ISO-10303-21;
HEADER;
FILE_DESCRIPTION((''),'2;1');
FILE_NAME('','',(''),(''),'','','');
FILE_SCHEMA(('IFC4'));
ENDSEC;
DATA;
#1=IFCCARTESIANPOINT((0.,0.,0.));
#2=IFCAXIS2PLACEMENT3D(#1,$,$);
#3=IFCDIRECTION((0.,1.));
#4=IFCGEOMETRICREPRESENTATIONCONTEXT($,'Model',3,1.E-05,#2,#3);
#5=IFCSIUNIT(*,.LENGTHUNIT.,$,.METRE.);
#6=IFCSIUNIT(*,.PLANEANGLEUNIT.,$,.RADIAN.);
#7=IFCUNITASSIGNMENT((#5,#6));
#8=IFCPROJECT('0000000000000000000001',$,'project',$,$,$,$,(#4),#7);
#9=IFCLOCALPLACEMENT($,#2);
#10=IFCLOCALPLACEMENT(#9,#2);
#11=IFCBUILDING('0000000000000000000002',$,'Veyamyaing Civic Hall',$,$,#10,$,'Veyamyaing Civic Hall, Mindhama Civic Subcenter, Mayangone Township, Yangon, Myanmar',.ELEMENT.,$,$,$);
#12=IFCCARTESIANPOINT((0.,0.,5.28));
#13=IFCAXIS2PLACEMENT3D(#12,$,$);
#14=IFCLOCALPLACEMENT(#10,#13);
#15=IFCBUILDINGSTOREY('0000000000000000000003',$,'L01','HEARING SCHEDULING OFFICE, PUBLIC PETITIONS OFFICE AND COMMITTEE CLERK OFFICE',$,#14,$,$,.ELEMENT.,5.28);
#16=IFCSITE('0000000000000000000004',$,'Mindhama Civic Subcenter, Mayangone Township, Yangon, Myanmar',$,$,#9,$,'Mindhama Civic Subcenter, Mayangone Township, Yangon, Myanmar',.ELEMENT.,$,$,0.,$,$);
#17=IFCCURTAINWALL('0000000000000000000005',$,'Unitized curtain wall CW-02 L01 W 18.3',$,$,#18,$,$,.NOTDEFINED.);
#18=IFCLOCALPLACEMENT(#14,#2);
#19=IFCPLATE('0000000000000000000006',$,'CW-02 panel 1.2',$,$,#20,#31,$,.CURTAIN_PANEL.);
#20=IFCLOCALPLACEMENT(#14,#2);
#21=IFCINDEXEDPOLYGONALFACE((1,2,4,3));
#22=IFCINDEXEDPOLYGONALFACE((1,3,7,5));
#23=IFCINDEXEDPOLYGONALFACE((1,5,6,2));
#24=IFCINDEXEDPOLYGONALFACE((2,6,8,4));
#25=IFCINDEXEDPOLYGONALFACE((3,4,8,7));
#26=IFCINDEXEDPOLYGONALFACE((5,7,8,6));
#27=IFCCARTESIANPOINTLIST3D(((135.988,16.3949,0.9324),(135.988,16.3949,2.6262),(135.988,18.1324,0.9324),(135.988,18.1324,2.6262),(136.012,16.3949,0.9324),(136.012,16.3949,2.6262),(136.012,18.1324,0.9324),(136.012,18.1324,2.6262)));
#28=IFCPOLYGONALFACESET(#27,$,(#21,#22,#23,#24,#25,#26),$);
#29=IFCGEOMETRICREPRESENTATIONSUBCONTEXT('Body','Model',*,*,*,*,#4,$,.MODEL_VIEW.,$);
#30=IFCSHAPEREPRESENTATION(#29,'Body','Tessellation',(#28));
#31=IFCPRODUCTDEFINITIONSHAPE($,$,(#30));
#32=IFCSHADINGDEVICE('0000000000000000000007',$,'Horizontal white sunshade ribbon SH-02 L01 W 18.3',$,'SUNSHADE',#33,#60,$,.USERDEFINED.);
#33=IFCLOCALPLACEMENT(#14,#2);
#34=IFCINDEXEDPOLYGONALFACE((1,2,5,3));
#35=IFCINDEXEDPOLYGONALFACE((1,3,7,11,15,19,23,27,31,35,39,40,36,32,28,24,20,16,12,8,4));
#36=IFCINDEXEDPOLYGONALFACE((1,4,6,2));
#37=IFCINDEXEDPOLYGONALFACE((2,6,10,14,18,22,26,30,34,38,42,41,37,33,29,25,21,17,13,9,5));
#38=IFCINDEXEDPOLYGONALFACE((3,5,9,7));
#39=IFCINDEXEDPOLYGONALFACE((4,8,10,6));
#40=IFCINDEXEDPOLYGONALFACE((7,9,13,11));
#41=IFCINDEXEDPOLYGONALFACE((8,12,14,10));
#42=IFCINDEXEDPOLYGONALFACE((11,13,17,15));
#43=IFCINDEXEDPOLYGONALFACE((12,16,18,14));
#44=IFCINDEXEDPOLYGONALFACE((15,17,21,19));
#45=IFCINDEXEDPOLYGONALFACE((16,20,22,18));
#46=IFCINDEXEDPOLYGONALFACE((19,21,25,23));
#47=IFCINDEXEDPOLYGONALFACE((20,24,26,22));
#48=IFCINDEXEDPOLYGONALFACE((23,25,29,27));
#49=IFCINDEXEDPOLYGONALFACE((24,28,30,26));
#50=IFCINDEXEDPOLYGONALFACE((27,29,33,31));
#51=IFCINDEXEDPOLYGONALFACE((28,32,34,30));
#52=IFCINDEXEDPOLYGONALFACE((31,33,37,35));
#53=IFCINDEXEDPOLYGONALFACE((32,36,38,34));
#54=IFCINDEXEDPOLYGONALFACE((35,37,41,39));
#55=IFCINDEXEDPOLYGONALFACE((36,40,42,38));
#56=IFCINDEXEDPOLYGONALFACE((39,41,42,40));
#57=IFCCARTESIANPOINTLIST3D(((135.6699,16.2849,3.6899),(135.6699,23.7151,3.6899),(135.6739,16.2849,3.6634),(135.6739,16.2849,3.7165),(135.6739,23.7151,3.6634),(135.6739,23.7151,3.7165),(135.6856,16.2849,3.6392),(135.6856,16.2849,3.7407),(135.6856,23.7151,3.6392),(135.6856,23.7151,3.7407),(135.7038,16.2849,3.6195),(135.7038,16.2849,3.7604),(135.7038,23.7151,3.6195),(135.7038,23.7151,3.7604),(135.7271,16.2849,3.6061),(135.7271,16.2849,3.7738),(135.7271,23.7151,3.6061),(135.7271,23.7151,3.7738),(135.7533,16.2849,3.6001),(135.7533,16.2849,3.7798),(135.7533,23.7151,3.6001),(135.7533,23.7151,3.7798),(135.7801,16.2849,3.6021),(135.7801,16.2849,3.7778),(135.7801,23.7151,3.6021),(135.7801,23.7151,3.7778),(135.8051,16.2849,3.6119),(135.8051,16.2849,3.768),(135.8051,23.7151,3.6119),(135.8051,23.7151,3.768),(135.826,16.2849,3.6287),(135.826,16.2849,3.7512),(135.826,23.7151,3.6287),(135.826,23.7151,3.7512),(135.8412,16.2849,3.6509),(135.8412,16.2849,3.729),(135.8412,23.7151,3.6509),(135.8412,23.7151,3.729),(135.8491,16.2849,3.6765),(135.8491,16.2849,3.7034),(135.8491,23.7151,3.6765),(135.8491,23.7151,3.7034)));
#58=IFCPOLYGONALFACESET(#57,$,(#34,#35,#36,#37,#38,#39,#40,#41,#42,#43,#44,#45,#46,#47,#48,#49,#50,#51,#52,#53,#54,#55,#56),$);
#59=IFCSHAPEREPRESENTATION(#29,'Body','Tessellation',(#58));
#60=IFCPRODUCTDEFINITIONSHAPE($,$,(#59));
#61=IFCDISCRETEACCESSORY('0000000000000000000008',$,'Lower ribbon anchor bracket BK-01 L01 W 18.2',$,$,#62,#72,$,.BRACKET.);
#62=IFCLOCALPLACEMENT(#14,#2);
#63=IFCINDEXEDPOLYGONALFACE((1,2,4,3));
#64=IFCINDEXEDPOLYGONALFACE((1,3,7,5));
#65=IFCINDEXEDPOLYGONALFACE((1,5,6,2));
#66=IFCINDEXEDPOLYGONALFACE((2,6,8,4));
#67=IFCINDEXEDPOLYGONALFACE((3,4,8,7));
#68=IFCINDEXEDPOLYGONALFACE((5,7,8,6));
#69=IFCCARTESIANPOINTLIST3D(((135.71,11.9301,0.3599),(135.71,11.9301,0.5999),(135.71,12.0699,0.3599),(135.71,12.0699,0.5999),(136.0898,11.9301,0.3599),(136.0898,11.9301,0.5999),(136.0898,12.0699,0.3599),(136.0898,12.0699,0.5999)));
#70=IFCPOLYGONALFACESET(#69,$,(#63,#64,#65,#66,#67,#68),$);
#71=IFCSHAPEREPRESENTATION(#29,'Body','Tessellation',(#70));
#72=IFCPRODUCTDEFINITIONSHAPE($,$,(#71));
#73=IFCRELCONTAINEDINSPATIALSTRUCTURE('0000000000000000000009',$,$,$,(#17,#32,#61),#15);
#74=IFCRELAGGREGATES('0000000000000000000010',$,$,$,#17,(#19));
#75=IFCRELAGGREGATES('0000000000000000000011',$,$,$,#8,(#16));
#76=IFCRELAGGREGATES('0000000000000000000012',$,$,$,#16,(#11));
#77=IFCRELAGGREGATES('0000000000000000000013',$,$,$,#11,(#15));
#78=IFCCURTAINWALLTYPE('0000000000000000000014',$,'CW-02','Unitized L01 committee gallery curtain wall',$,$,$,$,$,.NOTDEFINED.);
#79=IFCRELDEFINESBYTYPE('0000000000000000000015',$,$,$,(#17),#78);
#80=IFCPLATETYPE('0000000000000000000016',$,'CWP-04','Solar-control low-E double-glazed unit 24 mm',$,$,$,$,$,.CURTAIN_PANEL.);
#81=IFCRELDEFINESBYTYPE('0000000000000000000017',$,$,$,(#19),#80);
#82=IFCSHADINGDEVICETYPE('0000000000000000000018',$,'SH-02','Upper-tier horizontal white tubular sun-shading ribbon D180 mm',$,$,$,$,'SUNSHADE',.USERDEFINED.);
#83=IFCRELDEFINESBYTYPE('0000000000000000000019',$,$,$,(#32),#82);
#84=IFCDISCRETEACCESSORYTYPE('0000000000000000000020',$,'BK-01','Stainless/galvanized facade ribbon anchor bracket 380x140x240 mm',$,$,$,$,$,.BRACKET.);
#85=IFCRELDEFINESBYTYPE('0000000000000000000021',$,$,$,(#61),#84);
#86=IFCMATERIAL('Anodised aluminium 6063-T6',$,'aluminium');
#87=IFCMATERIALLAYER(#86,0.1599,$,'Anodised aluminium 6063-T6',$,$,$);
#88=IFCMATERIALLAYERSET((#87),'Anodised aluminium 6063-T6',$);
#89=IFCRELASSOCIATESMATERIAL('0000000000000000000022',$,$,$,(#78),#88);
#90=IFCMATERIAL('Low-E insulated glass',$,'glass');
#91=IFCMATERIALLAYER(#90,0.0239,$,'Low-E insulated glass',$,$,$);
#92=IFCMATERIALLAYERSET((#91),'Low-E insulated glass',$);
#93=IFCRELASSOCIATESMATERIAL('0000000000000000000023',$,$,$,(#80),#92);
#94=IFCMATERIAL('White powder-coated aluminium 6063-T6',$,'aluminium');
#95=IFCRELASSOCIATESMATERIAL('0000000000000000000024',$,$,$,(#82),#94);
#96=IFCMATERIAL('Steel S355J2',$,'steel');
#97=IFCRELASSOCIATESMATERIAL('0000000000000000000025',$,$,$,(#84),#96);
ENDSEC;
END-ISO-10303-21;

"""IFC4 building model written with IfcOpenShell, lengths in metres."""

from ifc_helpers import new_model, si_unit, direction, frame, origin, origin_2d, place, context, subcontext, project, spatial, rectangle, circle, extrude, material, layer, layer_set, material_profile, profile_set, type_object, element, aggregate, save


model = new_model("IFC4")

# Units and contexts
model_context = context("Model", 3, precision=1e-05, world=origin(), true_north=direction((0.0, 1.0)))
body_context = subcontext(model_context, "Body", "Model", "MODEL_VIEW")
ifc_project = project(units=[si_unit("LENGTHUNIT", "METRE"), si_unit("PLANEANGLEUNIT", "RADIAN")], contexts=[model_context])

# Site, building, storey
site_placement = place(None, origin())
site = spatial("IfcSite", under=ifc_project, at=site_placement, Name="Mindhama Civic Subcenter, Mayangone Township, Yangon, Myanmar", LongName="Mindhama Civic Subcenter, Mayangone Township, Yangon, Myanmar", CompositionType="ELEMENT", RefElevation=0.0)
building_placement = place(site_placement, origin())
building = spatial("IfcBuilding", under=site, at=building_placement, Name="Veyamyaing Civic Hall", LongName="Veyamyaing Civic Hall, Mindhama Civic Subcenter, Mayangone Township, Yangon, Myanmar", CompositionType="ELEMENT")
storey_placement = place(building_placement, frame((0.0, 0.0, 5.28)))
storey = spatial("IfcBuildingStorey", under=building, at=storey_placement, Name="L01", Description="HEARING SCHEDULING OFFICE, PUBLIC PETITIONS OFFICE AND COMMITTEE CLERK OFFICE", CompositionType="ELEMENT", Elevation=5.28)

# Curtain wall
ifc_material_1 = material(Name="Anodised aluminium 6063-T6", Category="aluminium")
ifc_layer_1 = layer(ifc_material_1, 0.1599, Name="Anodised aluminium 6063-T6")
ifc_layer_set_1 = layer_set([ifc_layer_1], Name="Anodised aluminium 6063-T6")
curtain_wall_type = type_object("IfcCurtainWallType", Name="CW-02", Description="Unitized L01 committee gallery curtain wall", PredefinedType="NOTDEFINED", material=ifc_layer_set_1)
curtain_wall_1_placement = place(storey_placement, origin())
curtain_wall_1 = element("IfcCurtainWall", 1, at=curtain_wall_1_placement, inside=storey, type_object=curtain_wall_type, Name="Unitized curtain wall CW-02 L01 W 18.3", PredefinedType="NOTDEFINED")

# Plate
ifc_material_2 = material(Name="Low-E insulated glass", Category="glass")
ifc_layer_2 = layer(ifc_material_2, 0.0239, Name="Low-E insulated glass")
ifc_layer_set_2 = layer_set([ifc_layer_2], Name="Low-E insulated glass")
plate_type = type_object("IfcPlateType", Name="CWP-04", Description="Solar-control low-E double-glazed unit 24 mm", PredefinedType="CURTAIN_PANEL", material=ifc_layer_set_2)
plate_1_placement = place(storey_placement, frame((136.0, 17.2637, 0.9324), z_axis=(0.0, 0.0, 1.0), x_axis=(0.0, 1.0, 0.0)))
plate_1 = element("IfcPlate", 2, at=plate_1_placement, type_object=plate_type, Name="CW-02 panel 1.2", PredefinedType="CURTAIN_PANEL", context=body_context, shape_type="SweptSolid", body=[
    extrude(rectangle(XDim=1.7375, YDim=0.0239, at=origin_2d()), origin(), (0.0, 0.0, 1.0), 1.6938),
])
aggregate(curtain_wall_1, [plate_1])

# Shading device
ifc_material_3 = material(Name="White powder-coated aluminium 6063-T6", Category="aluminium")
ifc_material_profile_1 = material_profile(ifc_material_3, circle(Radius=0.0901, at=origin_2d()), Name="SHADE-TUBE-180")
ifc_profile_set_1 = profile_set([ifc_material_profile_1], Name="White powder-coated aluminium 6063-T6")
shading_device_type = type_object("IfcShadingDeviceType", Name="SH-02", Description="Upper-tier horizontal white tubular sun-shading ribbon D180 mm", ElementType="SUNSHADE", PredefinedType="USERDEFINED", material=ifc_profile_set_1)
shading_device_placement = place(storey_placement, frame((135.76, 16.2849, 3.6899), z_axis=(0.0, 1.0, 0.0), x_axis=(-1.0, 0.0, 0.0)))
element("IfcShadingDevice", 3, at=shading_device_placement, inside=storey, type_object=shading_device_type, Name="Horizontal white sunshade ribbon SH-02 L01 W 18.3", ObjectType="SUNSHADE", PredefinedType="USERDEFINED", context=body_context, shape_type="SweptSolid", body=[
    extrude(circle(Radius=0.0901, at=origin_2d()), origin(), (0.0, 0.0, 1.0), 7.4302),
])

# Discrete accessory
ifc_material_4 = material(Name="Steel S355J2", Category="steel")
discrete_accessory_type = type_object("IfcDiscreteAccessoryType", Name="BK-01", Description="Stainless/galvanized facade ribbon anchor bracket 380x140x240 mm", PredefinedType="BRACKET", material=ifc_material_4)
discrete_accessory_placement = place(storey_placement, frame((135.8999, 12.0, 0.3599), z_axis=(0.0, 0.0, 1.0), x_axis=(-1.0, 0.0, 0.0)))
element("IfcDiscreteAccessory", 4, at=discrete_accessory_placement, inside=storey, type_object=discrete_accessory_type, Name="Lower ribbon anchor bracket BK-01 L01 W 18.2", PredefinedType="BRACKET", context=body_context, shape_type="SweptSolid", body=[
    extrude(rectangle(XDim=0.3799, YDim=0.1399, at=origin_2d()), origin(), (0.0, 0.0, 1.0), 0.24),
])

save(model, "model.ifc")
